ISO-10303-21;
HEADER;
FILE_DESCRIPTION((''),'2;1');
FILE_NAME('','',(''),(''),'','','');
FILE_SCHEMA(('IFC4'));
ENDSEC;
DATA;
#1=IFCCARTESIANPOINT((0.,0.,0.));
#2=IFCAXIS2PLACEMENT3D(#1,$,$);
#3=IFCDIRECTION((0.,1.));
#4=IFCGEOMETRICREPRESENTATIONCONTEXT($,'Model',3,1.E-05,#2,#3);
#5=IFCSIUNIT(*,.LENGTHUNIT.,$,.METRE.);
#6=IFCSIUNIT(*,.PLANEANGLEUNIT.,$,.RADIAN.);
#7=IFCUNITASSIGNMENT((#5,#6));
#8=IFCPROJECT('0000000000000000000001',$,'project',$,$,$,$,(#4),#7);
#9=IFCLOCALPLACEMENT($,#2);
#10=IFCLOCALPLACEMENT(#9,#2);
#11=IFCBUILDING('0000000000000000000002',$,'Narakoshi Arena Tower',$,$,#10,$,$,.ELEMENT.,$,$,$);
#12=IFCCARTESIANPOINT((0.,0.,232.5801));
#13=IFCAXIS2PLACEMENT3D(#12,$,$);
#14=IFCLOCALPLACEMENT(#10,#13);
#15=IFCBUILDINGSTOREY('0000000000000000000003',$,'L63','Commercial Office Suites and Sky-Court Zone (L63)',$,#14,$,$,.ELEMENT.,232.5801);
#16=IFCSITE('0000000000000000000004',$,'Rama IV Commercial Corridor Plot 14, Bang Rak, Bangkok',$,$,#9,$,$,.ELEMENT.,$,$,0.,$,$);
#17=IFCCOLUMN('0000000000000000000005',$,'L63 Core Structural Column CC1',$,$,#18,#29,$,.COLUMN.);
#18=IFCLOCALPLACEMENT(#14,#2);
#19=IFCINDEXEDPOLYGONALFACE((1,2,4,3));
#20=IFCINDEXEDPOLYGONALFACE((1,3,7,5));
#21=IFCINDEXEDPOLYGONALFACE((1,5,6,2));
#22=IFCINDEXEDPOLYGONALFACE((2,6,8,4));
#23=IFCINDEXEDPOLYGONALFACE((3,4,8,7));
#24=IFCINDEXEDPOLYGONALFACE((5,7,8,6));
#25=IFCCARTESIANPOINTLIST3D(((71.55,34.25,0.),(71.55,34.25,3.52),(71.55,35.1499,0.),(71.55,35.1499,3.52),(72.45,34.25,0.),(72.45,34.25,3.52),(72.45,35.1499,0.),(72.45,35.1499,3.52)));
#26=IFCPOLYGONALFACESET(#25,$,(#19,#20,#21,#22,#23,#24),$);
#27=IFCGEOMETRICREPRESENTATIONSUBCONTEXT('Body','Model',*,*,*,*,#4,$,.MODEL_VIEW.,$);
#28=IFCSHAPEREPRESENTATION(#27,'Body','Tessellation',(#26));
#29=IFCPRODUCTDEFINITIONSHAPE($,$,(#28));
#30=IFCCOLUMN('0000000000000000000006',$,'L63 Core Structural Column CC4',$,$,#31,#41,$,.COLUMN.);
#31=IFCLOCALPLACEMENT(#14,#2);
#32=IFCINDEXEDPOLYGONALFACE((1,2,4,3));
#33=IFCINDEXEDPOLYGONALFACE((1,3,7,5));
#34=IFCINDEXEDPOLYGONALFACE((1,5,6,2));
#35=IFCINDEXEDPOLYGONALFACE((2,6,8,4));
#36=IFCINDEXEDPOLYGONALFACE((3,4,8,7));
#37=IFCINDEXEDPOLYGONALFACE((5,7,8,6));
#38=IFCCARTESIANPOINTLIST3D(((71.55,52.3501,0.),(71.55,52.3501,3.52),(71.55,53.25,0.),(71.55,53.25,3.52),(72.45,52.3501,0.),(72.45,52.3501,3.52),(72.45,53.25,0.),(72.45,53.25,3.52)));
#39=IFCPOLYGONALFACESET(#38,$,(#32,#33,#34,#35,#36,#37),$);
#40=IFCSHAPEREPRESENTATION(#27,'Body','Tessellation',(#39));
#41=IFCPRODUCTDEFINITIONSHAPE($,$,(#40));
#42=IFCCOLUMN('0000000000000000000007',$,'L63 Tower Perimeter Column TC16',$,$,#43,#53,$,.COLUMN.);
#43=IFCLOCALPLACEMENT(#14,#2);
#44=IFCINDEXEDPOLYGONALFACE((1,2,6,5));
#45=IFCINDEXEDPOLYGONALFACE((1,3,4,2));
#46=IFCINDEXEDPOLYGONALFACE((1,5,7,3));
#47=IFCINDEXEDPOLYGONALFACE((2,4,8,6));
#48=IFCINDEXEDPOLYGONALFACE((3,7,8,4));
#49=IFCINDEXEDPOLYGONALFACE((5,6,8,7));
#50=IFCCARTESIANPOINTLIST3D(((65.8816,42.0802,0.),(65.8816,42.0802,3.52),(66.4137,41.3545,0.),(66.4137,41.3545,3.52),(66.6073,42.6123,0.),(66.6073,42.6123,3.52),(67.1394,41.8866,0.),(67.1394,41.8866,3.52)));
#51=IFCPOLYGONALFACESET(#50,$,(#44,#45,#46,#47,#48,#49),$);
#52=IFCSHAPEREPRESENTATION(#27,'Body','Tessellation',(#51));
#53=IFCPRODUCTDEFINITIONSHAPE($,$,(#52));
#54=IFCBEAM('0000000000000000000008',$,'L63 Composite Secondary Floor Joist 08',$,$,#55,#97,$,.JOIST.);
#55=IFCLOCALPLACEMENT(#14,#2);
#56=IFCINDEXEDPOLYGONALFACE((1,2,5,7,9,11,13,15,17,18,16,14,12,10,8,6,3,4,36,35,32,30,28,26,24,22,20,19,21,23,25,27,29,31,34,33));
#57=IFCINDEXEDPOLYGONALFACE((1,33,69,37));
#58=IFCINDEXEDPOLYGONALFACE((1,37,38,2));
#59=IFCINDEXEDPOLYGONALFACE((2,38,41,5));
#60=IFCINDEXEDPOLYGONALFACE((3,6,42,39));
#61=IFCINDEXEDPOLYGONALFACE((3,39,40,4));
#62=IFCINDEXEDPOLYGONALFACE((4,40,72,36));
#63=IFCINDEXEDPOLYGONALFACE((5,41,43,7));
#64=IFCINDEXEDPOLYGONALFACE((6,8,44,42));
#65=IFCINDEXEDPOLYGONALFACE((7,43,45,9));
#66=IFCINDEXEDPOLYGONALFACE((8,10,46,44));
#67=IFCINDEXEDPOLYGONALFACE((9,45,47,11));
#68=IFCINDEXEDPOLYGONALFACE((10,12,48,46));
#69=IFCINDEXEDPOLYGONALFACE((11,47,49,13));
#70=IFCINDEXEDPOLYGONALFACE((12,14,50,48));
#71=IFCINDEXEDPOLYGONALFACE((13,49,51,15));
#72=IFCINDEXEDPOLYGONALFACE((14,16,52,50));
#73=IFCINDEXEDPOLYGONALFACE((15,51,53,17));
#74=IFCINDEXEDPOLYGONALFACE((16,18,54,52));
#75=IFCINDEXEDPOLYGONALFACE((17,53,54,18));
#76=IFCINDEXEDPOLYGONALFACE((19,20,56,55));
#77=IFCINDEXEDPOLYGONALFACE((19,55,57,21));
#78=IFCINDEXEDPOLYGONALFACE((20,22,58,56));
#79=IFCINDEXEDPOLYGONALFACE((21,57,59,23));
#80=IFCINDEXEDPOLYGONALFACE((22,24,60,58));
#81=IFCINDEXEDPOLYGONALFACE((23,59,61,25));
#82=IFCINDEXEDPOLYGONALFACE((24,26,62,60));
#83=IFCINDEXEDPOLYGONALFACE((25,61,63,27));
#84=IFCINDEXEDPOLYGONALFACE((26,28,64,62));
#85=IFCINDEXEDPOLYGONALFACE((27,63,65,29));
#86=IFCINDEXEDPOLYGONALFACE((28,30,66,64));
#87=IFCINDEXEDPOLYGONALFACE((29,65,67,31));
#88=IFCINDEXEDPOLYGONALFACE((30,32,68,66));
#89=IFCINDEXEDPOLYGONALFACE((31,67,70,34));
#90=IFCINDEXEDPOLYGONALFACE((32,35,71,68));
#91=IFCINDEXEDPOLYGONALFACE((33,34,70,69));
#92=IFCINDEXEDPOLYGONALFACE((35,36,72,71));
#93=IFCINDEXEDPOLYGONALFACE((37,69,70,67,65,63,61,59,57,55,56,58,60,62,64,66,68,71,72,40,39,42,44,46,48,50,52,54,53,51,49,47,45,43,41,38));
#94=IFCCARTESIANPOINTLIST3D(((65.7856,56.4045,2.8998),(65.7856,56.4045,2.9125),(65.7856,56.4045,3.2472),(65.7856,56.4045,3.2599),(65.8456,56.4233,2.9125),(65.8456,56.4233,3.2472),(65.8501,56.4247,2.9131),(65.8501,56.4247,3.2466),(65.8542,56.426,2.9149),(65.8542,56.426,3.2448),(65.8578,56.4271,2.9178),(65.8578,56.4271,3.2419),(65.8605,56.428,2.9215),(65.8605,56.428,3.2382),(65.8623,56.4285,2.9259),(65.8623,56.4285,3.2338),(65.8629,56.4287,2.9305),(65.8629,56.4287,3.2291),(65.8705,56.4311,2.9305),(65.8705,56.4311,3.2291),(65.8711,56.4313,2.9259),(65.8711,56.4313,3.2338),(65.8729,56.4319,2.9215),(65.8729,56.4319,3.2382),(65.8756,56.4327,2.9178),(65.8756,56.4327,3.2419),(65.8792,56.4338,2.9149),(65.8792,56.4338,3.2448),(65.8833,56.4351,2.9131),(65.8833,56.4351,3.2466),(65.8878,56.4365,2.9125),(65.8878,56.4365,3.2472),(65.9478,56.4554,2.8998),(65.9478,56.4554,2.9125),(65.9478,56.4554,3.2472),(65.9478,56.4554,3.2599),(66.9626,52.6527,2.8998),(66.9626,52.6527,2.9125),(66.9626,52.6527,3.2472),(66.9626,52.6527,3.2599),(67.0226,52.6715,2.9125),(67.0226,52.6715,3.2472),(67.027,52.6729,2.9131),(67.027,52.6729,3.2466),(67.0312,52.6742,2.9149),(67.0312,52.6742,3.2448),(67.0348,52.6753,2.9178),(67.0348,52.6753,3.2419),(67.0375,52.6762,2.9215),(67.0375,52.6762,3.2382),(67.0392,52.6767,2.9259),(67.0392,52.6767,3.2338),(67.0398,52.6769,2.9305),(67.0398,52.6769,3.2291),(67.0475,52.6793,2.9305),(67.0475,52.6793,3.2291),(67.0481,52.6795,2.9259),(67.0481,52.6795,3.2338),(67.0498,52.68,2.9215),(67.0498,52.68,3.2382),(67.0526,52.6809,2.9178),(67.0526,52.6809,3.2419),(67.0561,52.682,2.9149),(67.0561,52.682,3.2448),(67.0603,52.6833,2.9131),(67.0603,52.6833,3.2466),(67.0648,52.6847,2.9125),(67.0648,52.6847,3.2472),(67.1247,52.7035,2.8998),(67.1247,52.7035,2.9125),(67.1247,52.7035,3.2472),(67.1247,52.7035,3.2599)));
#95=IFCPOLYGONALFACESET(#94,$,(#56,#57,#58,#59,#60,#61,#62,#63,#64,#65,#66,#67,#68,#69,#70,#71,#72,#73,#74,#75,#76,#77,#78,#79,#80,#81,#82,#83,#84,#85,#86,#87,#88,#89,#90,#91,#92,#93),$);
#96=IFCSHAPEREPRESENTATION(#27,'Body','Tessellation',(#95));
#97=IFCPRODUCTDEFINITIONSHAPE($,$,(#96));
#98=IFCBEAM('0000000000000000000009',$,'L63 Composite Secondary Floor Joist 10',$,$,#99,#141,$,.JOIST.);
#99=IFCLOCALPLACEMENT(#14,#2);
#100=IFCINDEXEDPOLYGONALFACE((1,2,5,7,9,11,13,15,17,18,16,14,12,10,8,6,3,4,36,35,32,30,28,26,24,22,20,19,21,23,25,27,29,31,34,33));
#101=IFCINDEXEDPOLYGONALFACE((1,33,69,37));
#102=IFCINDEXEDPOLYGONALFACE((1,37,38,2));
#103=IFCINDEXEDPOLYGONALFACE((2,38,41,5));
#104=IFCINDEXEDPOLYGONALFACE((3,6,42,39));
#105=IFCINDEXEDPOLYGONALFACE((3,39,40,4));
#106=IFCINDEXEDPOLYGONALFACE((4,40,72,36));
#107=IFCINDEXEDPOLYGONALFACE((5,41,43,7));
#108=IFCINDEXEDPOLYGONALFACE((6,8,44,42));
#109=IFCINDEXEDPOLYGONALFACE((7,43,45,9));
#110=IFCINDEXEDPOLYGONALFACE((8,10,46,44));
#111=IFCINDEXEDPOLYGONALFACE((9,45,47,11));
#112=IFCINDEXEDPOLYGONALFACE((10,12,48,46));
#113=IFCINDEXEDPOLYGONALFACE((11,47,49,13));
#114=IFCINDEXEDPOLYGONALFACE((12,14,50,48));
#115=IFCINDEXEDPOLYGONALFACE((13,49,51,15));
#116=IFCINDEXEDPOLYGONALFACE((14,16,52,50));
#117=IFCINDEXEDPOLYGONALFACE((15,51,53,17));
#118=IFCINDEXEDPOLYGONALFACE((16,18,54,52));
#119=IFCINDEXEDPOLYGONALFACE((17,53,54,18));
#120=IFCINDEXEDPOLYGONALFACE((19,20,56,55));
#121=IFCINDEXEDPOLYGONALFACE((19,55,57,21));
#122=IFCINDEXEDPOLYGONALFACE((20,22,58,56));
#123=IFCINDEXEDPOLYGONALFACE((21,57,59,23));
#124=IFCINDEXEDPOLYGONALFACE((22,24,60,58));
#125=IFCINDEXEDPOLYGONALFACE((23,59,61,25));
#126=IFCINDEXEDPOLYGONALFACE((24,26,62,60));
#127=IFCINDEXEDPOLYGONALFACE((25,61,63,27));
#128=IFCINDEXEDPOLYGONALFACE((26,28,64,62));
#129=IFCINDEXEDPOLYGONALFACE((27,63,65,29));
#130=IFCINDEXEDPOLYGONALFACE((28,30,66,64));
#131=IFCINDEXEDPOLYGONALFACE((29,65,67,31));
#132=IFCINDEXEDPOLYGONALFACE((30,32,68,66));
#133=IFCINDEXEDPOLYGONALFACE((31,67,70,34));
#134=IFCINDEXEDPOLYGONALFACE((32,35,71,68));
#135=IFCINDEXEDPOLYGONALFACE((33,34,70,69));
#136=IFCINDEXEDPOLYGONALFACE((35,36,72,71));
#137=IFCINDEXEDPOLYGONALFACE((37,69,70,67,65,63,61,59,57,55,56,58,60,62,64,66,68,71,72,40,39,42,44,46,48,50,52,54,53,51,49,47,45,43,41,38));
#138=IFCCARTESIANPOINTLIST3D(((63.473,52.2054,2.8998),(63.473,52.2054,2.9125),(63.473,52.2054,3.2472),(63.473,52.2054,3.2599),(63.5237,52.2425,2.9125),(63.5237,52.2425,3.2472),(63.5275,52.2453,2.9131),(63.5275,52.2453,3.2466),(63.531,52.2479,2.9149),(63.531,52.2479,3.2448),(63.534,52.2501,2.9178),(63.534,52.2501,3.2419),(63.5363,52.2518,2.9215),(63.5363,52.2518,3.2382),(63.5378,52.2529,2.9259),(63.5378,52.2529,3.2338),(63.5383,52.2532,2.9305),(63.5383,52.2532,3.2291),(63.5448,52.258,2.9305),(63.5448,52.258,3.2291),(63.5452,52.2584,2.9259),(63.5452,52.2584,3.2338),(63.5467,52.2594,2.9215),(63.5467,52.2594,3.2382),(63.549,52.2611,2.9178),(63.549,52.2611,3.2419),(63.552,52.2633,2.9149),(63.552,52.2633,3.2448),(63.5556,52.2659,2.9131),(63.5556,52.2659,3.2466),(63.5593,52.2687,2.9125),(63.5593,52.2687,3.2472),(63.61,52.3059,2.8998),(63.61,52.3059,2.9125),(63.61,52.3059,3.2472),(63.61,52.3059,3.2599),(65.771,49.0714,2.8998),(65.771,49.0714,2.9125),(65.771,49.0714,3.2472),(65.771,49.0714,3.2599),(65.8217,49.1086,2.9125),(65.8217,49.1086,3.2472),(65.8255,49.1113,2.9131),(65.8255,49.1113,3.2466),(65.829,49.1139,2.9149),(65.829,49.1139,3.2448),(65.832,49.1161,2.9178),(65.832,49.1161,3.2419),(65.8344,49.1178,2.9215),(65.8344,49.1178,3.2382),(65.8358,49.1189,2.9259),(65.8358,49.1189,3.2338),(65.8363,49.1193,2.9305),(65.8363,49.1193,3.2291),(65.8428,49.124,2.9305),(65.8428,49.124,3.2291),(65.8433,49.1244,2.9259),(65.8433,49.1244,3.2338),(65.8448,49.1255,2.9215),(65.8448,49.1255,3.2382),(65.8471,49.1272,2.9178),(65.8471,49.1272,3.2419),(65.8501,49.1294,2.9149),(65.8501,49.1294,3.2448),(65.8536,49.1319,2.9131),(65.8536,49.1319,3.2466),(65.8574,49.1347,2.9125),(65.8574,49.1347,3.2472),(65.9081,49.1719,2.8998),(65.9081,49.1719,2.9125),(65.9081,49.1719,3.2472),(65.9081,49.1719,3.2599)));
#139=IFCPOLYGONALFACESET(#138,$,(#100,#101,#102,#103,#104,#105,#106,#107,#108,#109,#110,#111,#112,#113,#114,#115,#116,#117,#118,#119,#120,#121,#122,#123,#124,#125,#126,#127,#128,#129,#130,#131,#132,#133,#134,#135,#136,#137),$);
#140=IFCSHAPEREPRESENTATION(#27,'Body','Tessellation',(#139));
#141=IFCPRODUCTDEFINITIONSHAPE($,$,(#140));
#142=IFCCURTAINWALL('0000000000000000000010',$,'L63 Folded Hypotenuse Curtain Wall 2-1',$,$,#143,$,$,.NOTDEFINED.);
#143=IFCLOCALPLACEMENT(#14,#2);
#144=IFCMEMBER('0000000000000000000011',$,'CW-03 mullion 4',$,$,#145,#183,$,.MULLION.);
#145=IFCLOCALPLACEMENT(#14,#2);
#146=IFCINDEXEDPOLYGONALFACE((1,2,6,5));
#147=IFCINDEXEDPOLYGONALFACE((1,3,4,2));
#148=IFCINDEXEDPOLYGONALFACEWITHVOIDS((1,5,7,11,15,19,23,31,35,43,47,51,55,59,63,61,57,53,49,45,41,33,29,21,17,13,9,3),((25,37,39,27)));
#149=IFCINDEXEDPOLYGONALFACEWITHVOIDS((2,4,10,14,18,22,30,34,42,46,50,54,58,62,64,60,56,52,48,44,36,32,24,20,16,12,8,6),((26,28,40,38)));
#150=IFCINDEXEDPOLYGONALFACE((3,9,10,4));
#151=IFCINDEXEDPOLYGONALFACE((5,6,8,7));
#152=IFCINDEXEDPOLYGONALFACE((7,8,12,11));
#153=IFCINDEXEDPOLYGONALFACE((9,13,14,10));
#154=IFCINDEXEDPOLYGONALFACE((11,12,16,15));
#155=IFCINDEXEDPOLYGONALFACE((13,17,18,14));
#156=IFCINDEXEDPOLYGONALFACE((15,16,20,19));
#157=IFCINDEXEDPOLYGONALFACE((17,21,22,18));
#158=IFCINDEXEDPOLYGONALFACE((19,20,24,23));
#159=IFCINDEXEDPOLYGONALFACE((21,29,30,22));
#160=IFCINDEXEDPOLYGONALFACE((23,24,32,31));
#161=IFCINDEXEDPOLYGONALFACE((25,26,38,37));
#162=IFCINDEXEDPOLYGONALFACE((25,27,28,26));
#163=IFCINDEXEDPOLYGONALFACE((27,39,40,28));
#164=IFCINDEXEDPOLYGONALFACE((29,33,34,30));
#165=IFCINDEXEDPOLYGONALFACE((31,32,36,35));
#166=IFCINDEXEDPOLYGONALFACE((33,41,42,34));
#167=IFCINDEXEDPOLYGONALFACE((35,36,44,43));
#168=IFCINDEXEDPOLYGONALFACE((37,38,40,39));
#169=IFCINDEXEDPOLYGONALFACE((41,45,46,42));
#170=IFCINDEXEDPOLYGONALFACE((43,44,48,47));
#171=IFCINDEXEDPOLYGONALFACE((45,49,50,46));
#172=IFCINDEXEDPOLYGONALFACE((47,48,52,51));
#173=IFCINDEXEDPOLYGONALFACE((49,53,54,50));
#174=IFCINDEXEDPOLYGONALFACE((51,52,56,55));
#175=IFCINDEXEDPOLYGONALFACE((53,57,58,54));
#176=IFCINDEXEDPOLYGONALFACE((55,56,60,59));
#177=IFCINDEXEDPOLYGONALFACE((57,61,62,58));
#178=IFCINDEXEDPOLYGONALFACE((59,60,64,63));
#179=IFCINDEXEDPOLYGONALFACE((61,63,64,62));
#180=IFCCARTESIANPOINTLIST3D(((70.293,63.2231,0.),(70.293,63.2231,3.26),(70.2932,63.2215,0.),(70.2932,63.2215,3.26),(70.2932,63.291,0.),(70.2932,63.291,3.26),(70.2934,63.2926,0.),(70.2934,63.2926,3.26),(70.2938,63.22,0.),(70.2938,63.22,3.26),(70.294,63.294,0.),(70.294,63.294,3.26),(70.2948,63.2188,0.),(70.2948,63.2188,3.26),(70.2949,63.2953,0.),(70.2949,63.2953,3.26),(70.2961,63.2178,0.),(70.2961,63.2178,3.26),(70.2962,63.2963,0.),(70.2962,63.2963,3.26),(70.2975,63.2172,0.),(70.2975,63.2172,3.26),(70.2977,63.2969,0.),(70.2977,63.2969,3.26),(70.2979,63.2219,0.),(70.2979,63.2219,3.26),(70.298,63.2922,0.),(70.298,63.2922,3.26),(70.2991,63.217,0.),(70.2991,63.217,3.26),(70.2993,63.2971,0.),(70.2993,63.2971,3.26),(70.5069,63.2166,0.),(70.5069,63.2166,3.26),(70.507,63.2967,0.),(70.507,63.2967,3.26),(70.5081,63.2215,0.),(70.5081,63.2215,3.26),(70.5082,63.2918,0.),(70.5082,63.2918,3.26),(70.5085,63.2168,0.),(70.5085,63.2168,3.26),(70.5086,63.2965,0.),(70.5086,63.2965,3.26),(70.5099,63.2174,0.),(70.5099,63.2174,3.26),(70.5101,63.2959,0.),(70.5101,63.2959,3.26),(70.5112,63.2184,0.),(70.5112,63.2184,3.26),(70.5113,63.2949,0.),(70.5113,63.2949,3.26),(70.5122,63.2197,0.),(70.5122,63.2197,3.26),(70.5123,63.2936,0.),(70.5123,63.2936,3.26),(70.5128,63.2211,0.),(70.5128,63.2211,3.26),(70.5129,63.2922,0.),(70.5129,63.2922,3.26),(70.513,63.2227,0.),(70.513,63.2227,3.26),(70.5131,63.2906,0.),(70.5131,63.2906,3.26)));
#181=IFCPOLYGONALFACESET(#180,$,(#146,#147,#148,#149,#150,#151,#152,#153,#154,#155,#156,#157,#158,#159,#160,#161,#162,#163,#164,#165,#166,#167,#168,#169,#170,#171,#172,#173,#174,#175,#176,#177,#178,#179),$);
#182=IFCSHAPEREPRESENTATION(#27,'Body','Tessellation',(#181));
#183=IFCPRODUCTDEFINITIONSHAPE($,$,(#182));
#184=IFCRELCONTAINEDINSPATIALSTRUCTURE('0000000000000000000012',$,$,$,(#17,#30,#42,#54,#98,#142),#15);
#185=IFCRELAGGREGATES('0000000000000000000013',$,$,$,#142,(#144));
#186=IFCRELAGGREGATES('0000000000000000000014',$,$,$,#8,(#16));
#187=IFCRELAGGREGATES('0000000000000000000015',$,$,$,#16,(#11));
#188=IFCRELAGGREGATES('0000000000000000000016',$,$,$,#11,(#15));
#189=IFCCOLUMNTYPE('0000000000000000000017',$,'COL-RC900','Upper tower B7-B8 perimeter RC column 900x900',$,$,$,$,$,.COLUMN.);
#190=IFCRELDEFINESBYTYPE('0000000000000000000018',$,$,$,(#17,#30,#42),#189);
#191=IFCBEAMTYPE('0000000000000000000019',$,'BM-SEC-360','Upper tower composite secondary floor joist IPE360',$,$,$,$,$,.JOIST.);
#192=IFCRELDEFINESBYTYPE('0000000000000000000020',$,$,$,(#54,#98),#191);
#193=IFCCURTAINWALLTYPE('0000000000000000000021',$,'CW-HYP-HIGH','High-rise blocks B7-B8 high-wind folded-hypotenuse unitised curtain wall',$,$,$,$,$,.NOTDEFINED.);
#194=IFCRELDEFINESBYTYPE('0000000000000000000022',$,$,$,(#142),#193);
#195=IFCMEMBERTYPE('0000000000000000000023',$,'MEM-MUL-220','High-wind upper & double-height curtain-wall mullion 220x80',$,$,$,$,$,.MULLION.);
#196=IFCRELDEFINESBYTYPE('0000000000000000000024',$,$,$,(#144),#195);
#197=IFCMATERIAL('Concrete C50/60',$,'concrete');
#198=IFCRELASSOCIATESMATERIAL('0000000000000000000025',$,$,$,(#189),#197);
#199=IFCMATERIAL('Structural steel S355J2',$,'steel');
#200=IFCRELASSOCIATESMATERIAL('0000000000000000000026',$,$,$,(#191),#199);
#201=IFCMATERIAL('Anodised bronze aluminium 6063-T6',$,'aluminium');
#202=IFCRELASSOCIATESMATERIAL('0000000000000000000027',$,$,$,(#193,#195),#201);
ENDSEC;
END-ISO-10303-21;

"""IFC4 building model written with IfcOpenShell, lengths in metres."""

from ifc_helpers import new_model, si_unit, direction, frame, origin, origin_2d, place, context, subcontext, project, spatial, rectangle, hollow_rectangle, i_section, extrude, material, material_profile, profile_set, type_object, element, aggregate, save


model = new_model("IFC4")

# Units and contexts
model_context = context("Model", 3, precision=1e-05, world=origin(), true_north=direction((0.0, 1.0)))
body_context = subcontext(model_context, "Body", "Model", "MODEL_VIEW")
ifc_project = project(units=[si_unit("LENGTHUNIT", "METRE"), si_unit("PLANEANGLEUNIT", "RADIAN")], contexts=[model_context])

# Site, building, storey
site_placement = place(None, origin())
site = spatial("IfcSite", under=ifc_project, at=site_placement, Name="Rama IV Commercial Corridor Plot 14, Bang Rak, Bangkok", CompositionType="ELEMENT", RefElevation=0.0)
building_placement = place(site_placement, origin())
building = spatial("IfcBuilding", under=site, at=building_placement, Name="Narakoshi Arena Tower", CompositionType="ELEMENT")
storey_placement = place(building_placement, frame((0.0, 0.0, 232.5801)))
storey = spatial("IfcBuildingStorey", under=building, at=storey_placement, Name="L63", Description="Commercial Office Suites and Sky-Court Zone (L63)", CompositionType="ELEMENT", Elevation=232.5801)

# Columns
ifc_material_1 = material(Name="Concrete C50/60", Category="concrete")
ifc_material_profile_1 = material_profile(ifc_material_1, rectangle(XDim=0.8999, YDim=0.8999, at=origin_2d()), Name="RC900x900")
ifc_profile_set_1 = profile_set([ifc_material_profile_1], Name="Concrete C50/60")
column_type = type_object("IfcColumnType", Name="COL-RC900", Description="Upper tower B7-B8 perimeter RC column 900x900", PredefinedType="COLUMN", material=ifc_profile_set_1)
for number, where, z_axis, x_axis, name in (
    (1, (72.0, 34.7, 0.0), (0.0, 0.0, 1.0), (1.0, 0.0, 0.0), "L63 Core Structural Column CC1"),
    (2, (72.0, 52.8, 0.0), (0.0, 0.0, 1.0), (1.0, 0.0, 0.0), "L63 Core Structural Column CC4"),
    (3, (66.5105, 41.9834, 0.0), (0.0, 0.0, 1.0), (-0.59131, 0.806445, 0.0), "L63 Tower Perimeter Column TC16"),
):
    element("IfcColumn", number, at=place(storey_placement, frame(where, z_axis=z_axis, x_axis=x_axis)), inside=storey, type_object=column_type, Name=name, PredefinedType="COLUMN", context=body_context, shape_type="SweptSolid", body=[
        extrude(rectangle(XDim=0.8999, YDim=0.8999, at=origin_2d()), origin(), (0.0, 0.0, 1.0), 3.52),
    ])

# Beams
ifc_material_2 = material(Name="Structural steel S355J2", Category="steel")
ifc_material_profile_2 = material_profile(ifc_material_2, i_section(OverallWidth=0.1699, OverallDepth=0.3601, WebThickness=0.0081, FlangeThickness=0.0127, FilletRadius=0.0181, at=origin_2d()), Name="IPE360")
ifc_profile_set_2 = profile_set([ifc_material_profile_2], Name="Structural steel S355J2")
beam_type = type_object("IfcBeamType", Name="BM-SEC-360", Description="Upper tower composite secondary floor joist IPE360", PredefinedType="JOIST", material=ifc_profile_set_2)
beam_1_placement = place(storey_placement, frame((65.8667, 56.4299, 3.0798), z_axis=(0.299321, -0.954152, 0.0), x_axis=(0.954152, 0.299321, 0.0)))
element("IfcBeam", 4, at=beam_1_placement, inside=storey, type_object=beam_type, Name="L63 Composite Secondary Floor Joist 08", PredefinedType="JOIST", context=body_context, shape_type="SweptSolid", body=[
    extrude(i_section(OverallWidth=0.1699, OverallDepth=0.3601, WebThickness=0.0081, FlangeThickness=0.0127, FilletRadius=0.0181, at=origin_2d()), origin(), (0.0, 0.0, 1.0), 3.9321),
])
beam_2_placement = place(storey_placement, frame((63.5415, 52.2556, 3.0798), z_axis=(0.591331, -0.806429, 0.0), x_axis=(0.806429, 0.591331, 0.0)))
element("IfcBeam", 5, at=beam_2_placement, inside=storey, type_object=beam_type, Name="L63 Composite Secondary Floor Joist 10", PredefinedType="JOIST", context=body_context, shape_type="SweptSolid", body=[
    extrude(i_section(OverallWidth=0.1699, OverallDepth=0.3601, WebThickness=0.0081, FlangeThickness=0.0127, FilletRadius=0.0181, at=origin_2d()), origin(), (0.0, 0.0, 1.0), 3.8862),
])

# Curtain wall, member
ifc_material_3 = material(Name="Anodised bronze aluminium 6063-T6", Category="aluminium")
curtain_wall_type = type_object("IfcCurtainWallType", Name="CW-HYP-HIGH", Description="High-rise blocks B7-B8 high-wind folded-hypotenuse unitised curtain wall", PredefinedType="NOTDEFINED", material=ifc_material_3)
curtain_wall_placement = place(storey_placement, origin())
curtain_wall = element("IfcCurtainWall", 6, at=curtain_wall_placement, inside=storey, type_object=curtain_wall_type, Name="L63 Folded Hypotenuse Curtain Wall 2-1", PredefinedType="NOTDEFINED")
ifc_material_profile_3 = material_profile(ifc_material_3, hollow_rectangle(XDim=0.0801, YDim=0.22, WallThickness=0.0049, OuterFilletRadius=0.0061, at=origin_2d()), Name="MUL220x80x5")
ifc_profile_set_3 = profile_set([ifc_material_profile_3], Name="Anodised bronze aluminium 6063-T6")
member_type_1 = type_object("IfcMemberType", Name="MEM-MUL-220", Description="High-wind upper & double-height curtain-wall mullion 220x80", PredefinedType="MULLION", material=ifc_profile_set_3)
member_1_placement = place(storey_placement, frame((70.4031, 63.2568, 0.0), z_axis=(0.0, 0.0, 1.0), x_axis=(-0.00182, -0.999998, 0.0)))
member_1 = element("IfcMember", 7, at=member_1_placement, type_object=member_type_1, Name="CW-03 mullion 4", PredefinedType="MULLION", context=body_context, shape_type="SweptSolid", body=[
    extrude(hollow_rectangle(XDim=0.0801, YDim=0.22, WallThickness=0.0049, OuterFilletRadius=0.0061, at=origin_2d()), origin(), (0.0, 0.0, 1.0), 3.26),
])
aggregate(curtain_wall, [member_1])

save(model, "model.ifc")
